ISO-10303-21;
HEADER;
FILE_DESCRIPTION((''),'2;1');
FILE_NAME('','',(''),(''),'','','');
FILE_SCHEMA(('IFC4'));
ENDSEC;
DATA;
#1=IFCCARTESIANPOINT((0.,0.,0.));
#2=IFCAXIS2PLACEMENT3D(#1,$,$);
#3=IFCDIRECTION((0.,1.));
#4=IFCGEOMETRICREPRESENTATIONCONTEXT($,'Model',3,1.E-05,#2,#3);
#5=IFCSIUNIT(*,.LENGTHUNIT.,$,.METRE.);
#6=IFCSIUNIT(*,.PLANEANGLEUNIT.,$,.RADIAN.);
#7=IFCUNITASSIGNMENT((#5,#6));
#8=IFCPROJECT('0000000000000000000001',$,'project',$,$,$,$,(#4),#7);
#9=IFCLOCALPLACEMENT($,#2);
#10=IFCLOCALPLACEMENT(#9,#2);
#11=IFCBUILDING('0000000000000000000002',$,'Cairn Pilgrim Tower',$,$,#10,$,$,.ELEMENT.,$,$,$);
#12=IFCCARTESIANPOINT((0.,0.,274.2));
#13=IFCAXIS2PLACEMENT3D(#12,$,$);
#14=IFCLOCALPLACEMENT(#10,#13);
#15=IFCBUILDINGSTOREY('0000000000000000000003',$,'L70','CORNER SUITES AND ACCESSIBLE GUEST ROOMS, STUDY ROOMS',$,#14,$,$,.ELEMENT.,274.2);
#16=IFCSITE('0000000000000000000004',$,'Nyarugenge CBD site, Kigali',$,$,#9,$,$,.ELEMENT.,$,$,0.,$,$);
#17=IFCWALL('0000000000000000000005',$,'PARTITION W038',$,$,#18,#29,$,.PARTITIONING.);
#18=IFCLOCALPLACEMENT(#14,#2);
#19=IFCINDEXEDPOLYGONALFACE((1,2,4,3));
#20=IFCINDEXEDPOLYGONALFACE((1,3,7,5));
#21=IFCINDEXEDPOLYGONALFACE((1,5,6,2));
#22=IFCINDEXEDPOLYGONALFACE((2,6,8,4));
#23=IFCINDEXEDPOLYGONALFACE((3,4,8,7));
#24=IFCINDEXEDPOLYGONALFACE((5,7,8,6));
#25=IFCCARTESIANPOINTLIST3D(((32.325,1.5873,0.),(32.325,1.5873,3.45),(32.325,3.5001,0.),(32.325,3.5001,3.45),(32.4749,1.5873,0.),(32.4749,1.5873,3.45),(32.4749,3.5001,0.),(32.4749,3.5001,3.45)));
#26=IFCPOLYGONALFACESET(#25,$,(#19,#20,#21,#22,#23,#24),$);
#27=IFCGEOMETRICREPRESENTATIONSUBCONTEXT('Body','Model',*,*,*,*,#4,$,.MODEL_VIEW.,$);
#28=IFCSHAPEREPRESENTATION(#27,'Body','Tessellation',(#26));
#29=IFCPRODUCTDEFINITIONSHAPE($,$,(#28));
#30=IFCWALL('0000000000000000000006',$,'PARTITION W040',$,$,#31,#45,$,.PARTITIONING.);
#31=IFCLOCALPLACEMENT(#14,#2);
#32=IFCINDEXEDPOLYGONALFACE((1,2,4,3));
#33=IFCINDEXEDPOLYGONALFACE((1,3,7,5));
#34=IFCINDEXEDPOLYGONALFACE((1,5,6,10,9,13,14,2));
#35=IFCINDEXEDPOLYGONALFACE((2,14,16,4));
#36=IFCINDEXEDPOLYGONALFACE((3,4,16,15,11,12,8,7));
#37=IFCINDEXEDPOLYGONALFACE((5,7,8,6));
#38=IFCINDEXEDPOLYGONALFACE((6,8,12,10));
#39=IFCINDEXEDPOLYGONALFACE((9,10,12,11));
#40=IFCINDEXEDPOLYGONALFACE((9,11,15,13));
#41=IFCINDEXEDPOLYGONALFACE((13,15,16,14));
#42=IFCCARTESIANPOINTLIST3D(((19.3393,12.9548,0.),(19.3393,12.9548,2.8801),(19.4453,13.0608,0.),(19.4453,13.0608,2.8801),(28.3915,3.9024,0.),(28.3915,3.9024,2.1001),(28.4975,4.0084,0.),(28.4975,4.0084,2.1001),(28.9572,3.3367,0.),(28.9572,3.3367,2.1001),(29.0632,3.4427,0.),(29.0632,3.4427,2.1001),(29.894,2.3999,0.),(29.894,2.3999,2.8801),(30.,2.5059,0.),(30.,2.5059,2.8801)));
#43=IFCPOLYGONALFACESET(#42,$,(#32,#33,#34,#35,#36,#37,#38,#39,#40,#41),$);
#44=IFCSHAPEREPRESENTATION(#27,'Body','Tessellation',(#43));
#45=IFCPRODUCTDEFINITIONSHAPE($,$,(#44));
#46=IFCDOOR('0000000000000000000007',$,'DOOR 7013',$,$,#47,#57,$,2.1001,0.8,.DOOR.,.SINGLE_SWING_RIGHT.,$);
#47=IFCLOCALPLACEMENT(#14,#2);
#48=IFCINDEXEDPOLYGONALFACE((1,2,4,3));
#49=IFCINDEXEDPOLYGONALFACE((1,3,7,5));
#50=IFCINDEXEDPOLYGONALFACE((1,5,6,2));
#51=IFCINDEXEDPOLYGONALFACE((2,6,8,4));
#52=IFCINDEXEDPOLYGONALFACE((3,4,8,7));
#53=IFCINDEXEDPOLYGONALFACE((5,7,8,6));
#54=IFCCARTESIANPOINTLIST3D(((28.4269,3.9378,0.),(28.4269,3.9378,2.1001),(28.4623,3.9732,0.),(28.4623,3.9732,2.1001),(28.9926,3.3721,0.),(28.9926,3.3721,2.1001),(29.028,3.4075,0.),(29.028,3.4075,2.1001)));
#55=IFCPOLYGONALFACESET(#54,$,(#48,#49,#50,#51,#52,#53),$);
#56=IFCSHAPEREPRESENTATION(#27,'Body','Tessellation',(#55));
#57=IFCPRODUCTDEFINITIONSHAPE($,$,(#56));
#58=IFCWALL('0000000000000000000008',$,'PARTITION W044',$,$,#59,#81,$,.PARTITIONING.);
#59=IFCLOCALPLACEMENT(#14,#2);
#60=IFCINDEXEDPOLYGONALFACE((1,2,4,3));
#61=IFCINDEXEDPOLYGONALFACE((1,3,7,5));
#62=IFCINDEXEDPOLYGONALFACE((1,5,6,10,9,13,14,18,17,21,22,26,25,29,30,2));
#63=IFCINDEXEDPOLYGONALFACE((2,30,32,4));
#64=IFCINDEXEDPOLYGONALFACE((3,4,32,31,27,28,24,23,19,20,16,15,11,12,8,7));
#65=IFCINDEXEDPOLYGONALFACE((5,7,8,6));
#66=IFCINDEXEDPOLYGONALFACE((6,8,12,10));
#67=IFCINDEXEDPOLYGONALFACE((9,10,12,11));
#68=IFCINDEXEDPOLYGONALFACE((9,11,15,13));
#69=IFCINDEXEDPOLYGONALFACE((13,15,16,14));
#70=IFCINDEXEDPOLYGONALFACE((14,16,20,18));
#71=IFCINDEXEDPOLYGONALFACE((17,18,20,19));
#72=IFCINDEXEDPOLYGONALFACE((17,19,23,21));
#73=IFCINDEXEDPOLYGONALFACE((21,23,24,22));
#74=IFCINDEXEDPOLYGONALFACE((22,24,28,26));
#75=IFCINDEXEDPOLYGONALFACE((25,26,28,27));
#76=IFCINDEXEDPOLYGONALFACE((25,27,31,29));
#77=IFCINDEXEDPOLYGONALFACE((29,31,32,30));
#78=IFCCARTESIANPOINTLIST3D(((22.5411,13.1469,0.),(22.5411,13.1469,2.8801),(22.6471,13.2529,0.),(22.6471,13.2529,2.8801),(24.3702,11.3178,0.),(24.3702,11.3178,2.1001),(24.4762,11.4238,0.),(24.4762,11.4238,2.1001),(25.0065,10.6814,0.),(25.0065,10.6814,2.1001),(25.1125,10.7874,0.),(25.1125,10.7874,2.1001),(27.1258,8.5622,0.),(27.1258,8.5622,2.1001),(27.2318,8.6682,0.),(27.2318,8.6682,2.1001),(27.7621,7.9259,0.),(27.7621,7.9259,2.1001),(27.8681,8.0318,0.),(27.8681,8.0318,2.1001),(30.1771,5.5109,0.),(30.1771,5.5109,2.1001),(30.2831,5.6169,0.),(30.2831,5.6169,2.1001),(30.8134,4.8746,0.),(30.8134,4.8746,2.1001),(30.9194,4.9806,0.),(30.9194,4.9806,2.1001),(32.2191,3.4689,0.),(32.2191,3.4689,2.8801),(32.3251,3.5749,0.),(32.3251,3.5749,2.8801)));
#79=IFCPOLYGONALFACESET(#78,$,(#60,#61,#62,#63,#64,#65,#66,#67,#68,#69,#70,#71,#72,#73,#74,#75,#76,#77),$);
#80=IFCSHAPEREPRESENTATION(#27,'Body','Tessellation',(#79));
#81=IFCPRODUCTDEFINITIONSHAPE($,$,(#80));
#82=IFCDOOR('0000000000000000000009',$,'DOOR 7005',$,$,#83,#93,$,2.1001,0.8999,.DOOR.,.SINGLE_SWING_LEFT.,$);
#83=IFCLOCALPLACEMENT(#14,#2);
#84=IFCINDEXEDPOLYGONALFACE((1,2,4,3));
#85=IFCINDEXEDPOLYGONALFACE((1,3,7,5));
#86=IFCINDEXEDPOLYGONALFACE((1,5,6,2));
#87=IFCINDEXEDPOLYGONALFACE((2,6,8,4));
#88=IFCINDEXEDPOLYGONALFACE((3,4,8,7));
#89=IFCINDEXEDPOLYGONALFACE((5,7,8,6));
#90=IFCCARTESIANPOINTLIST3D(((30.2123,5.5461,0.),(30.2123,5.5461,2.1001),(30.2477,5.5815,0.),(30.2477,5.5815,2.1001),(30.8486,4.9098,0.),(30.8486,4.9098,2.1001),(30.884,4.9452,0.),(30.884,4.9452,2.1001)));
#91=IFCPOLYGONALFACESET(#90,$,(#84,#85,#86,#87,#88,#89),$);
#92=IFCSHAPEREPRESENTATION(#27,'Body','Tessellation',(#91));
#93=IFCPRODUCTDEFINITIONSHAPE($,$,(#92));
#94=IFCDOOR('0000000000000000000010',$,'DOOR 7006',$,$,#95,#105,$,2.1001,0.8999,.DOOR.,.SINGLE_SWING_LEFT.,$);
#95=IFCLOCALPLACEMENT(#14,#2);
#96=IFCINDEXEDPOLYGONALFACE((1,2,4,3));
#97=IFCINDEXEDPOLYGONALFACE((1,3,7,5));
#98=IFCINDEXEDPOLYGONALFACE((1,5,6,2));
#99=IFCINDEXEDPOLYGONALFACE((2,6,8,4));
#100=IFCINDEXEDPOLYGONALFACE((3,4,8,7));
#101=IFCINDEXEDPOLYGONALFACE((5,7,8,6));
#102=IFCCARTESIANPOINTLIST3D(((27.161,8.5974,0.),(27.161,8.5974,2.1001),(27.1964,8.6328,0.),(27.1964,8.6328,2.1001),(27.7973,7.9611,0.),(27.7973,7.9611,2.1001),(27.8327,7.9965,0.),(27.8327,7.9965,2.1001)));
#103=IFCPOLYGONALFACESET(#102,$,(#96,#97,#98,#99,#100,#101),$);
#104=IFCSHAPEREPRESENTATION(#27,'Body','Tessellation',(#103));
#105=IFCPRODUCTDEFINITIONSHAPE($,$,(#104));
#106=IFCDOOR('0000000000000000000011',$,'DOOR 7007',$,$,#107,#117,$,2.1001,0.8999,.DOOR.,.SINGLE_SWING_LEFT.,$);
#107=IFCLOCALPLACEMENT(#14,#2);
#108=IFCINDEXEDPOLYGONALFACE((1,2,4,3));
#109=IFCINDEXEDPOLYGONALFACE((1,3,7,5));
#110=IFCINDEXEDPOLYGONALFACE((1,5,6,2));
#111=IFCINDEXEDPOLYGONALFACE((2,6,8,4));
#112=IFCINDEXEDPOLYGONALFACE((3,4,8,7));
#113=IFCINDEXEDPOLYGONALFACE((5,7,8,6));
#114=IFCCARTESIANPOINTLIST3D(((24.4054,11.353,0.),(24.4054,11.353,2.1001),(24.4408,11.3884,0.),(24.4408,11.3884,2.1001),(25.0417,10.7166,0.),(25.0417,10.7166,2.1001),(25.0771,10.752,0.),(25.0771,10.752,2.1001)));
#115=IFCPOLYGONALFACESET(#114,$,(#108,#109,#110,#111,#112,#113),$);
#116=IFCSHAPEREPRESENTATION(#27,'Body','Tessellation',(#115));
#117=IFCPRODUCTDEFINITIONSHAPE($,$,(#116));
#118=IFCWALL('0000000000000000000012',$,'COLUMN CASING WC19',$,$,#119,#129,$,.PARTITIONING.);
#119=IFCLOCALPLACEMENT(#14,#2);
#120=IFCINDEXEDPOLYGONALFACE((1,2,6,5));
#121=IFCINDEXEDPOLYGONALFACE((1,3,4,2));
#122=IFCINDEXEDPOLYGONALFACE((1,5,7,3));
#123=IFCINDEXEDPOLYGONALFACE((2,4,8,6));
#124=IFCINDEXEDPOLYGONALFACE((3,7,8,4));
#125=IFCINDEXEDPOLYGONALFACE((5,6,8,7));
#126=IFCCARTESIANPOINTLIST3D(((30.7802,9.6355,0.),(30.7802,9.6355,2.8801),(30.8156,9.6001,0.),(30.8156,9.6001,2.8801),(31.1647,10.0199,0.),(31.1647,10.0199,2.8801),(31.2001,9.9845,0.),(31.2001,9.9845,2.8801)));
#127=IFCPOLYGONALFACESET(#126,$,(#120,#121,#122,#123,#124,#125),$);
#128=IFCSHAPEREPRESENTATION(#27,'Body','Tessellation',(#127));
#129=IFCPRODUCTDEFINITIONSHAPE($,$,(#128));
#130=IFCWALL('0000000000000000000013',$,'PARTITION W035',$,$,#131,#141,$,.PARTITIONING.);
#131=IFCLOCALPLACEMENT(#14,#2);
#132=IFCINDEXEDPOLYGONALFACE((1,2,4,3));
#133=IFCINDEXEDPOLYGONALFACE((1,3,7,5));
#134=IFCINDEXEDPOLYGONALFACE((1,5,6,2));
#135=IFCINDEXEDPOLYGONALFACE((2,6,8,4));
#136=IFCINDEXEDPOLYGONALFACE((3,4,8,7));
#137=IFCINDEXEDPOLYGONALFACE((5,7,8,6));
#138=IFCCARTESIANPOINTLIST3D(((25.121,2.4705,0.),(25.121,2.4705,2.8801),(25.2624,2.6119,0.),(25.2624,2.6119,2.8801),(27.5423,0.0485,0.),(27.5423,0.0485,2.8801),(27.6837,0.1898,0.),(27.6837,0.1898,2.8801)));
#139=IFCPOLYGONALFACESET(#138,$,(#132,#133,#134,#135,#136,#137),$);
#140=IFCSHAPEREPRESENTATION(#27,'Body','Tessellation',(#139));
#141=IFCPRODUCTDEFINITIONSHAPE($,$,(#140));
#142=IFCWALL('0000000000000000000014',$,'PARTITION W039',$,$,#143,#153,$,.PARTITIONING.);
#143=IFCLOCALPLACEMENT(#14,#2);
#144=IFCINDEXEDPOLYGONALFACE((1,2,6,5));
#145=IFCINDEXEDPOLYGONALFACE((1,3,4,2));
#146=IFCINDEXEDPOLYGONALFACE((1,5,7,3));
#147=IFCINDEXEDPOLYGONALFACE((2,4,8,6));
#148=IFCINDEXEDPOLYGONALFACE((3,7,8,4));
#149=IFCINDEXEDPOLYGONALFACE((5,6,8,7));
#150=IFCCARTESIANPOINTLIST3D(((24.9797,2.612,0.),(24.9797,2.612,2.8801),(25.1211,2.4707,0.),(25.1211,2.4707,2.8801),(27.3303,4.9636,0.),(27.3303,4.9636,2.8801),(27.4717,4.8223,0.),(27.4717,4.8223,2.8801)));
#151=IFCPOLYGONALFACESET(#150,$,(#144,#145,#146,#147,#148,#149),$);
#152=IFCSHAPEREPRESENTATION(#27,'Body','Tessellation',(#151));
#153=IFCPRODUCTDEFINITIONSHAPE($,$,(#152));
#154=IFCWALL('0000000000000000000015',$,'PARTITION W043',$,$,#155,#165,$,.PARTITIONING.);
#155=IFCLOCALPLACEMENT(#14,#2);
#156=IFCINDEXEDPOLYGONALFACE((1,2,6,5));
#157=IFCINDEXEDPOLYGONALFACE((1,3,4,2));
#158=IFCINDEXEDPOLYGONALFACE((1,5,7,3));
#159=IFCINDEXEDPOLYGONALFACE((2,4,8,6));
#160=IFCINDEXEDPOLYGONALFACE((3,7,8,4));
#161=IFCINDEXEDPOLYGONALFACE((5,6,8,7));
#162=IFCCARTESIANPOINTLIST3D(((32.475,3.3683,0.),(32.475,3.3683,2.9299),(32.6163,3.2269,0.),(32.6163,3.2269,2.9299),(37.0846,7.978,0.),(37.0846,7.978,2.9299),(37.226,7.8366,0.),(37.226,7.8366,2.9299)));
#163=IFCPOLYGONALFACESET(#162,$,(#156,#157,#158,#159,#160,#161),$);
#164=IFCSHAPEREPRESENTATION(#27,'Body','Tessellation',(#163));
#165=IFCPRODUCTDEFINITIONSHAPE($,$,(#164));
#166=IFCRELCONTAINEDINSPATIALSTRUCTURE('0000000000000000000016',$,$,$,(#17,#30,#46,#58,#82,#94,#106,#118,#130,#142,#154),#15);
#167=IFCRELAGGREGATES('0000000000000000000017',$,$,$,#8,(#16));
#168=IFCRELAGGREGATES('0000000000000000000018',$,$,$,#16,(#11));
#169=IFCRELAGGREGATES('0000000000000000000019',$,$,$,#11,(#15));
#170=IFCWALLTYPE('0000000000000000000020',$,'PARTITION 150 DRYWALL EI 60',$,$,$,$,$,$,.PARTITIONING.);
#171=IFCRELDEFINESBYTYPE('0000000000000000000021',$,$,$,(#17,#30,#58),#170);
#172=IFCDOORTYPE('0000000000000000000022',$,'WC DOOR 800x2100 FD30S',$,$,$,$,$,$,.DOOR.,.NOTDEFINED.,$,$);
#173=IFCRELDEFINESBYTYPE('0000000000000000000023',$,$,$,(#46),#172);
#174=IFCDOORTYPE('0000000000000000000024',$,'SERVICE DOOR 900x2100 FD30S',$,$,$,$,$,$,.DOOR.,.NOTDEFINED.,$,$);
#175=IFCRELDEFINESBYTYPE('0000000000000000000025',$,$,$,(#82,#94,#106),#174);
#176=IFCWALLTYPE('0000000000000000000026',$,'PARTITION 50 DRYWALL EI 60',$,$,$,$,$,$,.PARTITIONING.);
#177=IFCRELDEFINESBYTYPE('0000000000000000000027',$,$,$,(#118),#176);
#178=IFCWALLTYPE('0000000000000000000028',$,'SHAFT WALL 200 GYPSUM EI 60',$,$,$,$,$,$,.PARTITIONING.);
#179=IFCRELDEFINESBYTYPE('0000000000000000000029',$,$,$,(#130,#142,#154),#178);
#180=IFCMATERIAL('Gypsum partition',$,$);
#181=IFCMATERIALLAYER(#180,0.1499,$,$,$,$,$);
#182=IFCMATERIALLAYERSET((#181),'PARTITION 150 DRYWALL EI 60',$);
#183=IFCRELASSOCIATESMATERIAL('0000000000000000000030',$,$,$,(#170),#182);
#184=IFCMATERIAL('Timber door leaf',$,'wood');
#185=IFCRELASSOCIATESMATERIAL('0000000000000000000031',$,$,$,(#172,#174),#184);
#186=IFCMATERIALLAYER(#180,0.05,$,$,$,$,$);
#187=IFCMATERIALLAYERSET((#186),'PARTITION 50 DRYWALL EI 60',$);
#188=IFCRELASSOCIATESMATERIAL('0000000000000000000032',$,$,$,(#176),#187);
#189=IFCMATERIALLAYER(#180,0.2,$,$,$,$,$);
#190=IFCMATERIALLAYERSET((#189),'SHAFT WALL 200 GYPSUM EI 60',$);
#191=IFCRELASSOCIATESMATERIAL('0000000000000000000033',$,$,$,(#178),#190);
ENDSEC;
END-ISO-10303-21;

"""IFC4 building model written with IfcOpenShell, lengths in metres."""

from ifc_helpers import new_model, si_unit, direction, frame, frame_2d, origin, place, context, subcontext, project, spatial, rectangle, extrude, material, layer, layer_set, type_object, element, fill, save


model = new_model("IFC4")

# Units and contexts
model_context = context("Model", 3, precision=1e-05, world=origin(), true_north=direction((0.0, 1.0)))
body_context = subcontext(model_context, "Body", "Model", "MODEL_VIEW")
ifc_project = project(units=[si_unit("LENGTHUNIT", "METRE"), si_unit("PLANEANGLEUNIT", "RADIAN")], contexts=[model_context])

# Site, building, storey
site_placement = place(None, origin())
site = spatial("IfcSite", under=ifc_project, at=site_placement, Name="Nyarugenge CBD site, Kigali", CompositionType="ELEMENT", RefElevation=0.0)
building_placement = place(site_placement, origin())
building = spatial("IfcBuilding", under=site, at=building_placement, Name="Cairn Pilgrim Tower", CompositionType="ELEMENT")
storey_placement = place(building_placement, frame((0.0, 0.0, 274.2)))
storey = spatial("IfcBuildingStorey", under=building, at=storey_placement, Name="L70", Description="CORNER SUITES AND ACCESSIBLE GUEST ROOMS, STUDY ROOMS", CompositionType="ELEMENT", Elevation=274.2)

# Wall
ifc_material_1 = material(Name="Gypsum partition")
ifc_layer_1 = layer(ifc_material_1, 0.1499)
ifc_layer_set_1 = layer_set([ifc_layer_1], Name="PARTITION 150 DRYWALL EI 60")
wall_type_1 = type_object("IfcWallType", Name="PARTITION 150 DRYWALL EI 60", PredefinedType="PARTITIONING", material=ifc_layer_set_1)
wall_1_placement = place(storey_placement, frame((32.3999, 1.5872, 0.0), z_axis=(0.0, 0.0, 1.0), x_axis=(0.0, 1.0, 0.0)))
element("IfcWall", 1, at=wall_1_placement, inside=storey, type_object=wall_type_1, Name="PARTITION W038", PredefinedType="PARTITIONING", context=body_context, shape_type="SweptSolid", body=[
    extrude(rectangle(XDim=1.9128, YDim=0.1499, at=frame_2d((0.9565, 0.0))), origin(), (0.0, 0.0, 1.0), 3.45),
])

# Wall, opening, door
wall_2_placement = place(storey_placement, frame((29.947, 2.4529, 0.0), z_axis=(0.0, 0.0, 1.0), x_axis=(-0.707099, 0.707115, 0.0)))
wall_2 = element("IfcWall", 2, at=wall_2_placement, inside=storey, type_object=wall_type_1, Name="PARTITION W040", PredefinedType="PARTITIONING", context=body_context, shape_type="SweptSolid", body=[
    extrude(rectangle(XDim=14.9268, YDim=0.1499, at=frame_2d((7.4634, 0.0))), origin(), (0.0, 0.0, 1.0), 2.8801),
])
opening_1_placement = place(wall_2_placement, frame((1.325, 0.0, 0.0)))
opening_1 = element("IfcOpeningElement", 3, at=opening_1_placement, cuts=wall_2, PredefinedType="OPENING", context=body_context, shape_type="SweptSolid", body=[
    extrude(rectangle(XDim=0.8, YDim=2.1001, at=frame_2d((0.3999, 1.05))), frame((0.0, 0.085, 0.0), z_axis=(0.0, -1.0, 0.0), x_axis=(1.0, 0.0, 0.0)), (0.0, 0.0, 1.0), 0.1699),
])
ifc_material_2 = material(Name="Timber door leaf", Category="wood")
door_type_1 = type_object("IfcDoorType", Name="WC DOOR 800x2100 FD30S", OperationType="NOTDEFINED", PredefinedType="DOOR", material=ifc_material_2)
door_1_placement = place(opening_1_placement, origin())
door_1 = element("IfcDoor", 4, at=door_1_placement, inside=storey, type_object=door_type_1, Name="DOOR 7013", OperationType="SINGLE_SWING_RIGHT", OverallHeight=2.1001, OverallWidth=0.8, PredefinedType="DOOR", context=body_context, shape_type="SweptSolid", body=[
    extrude(rectangle(XDim=0.8, YDim=2.1001, at=frame_2d((0.3999, 1.05))), frame((0.0, 0.0249, 0.0), z_axis=(0.0, -1.0, 0.0), x_axis=(1.0, 0.0, 0.0)), (0.0, 0.0, 1.0), 0.05),
])
fill(opening_1, door_1)

# Wall, openings, doors
wall_3_placement = place(storey_placement, frame((32.272, 3.522, 0.0), z_axis=(0.0, 0.0, 1.0), x_axis=(-0.707107, 0.707107, 0.0)))
wall_3 = element("IfcWall", 5, at=wall_3_placement, inside=storey, type_object=wall_type_1, Name="PARTITION W044", PredefinedType="PARTITIONING", context=body_context, shape_type="SweptSolid", body=[
    extrude(rectangle(XDim=13.6868, YDim=0.1499, at=frame_2d((6.8433, 0.0))), origin(), (0.0, 0.0, 1.0), 2.8801),
])
opening_2_placement = place(wall_3_placement, frame((1.9878, 0.0, 0.0)))
opening_2 = element("IfcOpeningElement", 6, at=opening_2_placement, cuts=wall_3, PredefinedType="OPENING", context=body_context, shape_type="SweptSolid", body=[
    extrude(rectangle(XDim=0.8999, YDim=2.1001, at=frame_2d((0.45, 1.05))), frame((0.0, 0.085, 0.0), z_axis=(0.0, -1.0, 0.0), x_axis=(1.0, 0.0, 0.0)), (0.0, 0.0, 1.0), 0.1699),
])
opening_3_placement = place(wall_3_placement, frame((6.303, 0.0, 0.0)))
opening_3 = element("IfcOpeningElement", 7, at=opening_3_placement, cuts=wall_3, PredefinedType="OPENING", context=body_context, shape_type="SweptSolid", body=[
    extrude(rectangle(XDim=0.8999, YDim=2.1001, at=frame_2d((0.45, 1.05))), frame((0.0, 0.085, 0.0), z_axis=(0.0, -1.0, 0.0), x_axis=(1.0, 0.0, 0.0)), (0.0, 0.0, 1.0), 0.1699),
])
opening_4_placement = place(wall_3_placement, frame((10.2, 0.0, 0.0)))
opening_4 = element("IfcOpeningElement", 8, at=opening_4_placement, cuts=wall_3, PredefinedType="OPENING", context=body_context, shape_type="SweptSolid", body=[
    extrude(rectangle(XDim=0.8999, YDim=2.1001, at=frame_2d((0.45, 1.05))), frame((0.0, 0.085, 0.0), z_axis=(0.0, -1.0, 0.0), x_axis=(1.0, 0.0, 0.0)), (0.0, 0.0, 1.0), 0.1699),
])
door_type_2 = type_object("IfcDoorType", Name="SERVICE DOOR 900x2100 FD30S", OperationType="NOTDEFINED", PredefinedType="DOOR", material=ifc_material_2)
door_2_placement = place(opening_2_placement, frame((0.8999, 0.0, 0.0), z_axis=(0.0, 0.0, 1.0), x_axis=(-1.0, 0.0, 0.0)))
door_2 = element("IfcDoor", 9, at=door_2_placement, inside=storey, type_object=door_type_2, Name="DOOR 7005", OperationType="SINGLE_SWING_LEFT", OverallHeight=2.1001, OverallWidth=0.8999, PredefinedType="DOOR", context=body_context, shape_type="SweptSolid", body=[
    extrude(rectangle(XDim=0.8999, YDim=2.1001, at=frame_2d((0.45, 1.05))), frame((0.0, 0.0249, 0.0), z_axis=(0.0, -1.0, 0.0), x_axis=(1.0, 0.0, 0.0)), (0.0, 0.0, 1.0), 0.05),
])
fill(opening_2, door_2)
door_3_placement = place(opening_3_placement, frame((0.8999, 0.0, 0.0), z_axis=(0.0, 0.0, 1.0), x_axis=(-1.0, 0.0, 0.0)))
door_3 = element("IfcDoor", 10, at=door_3_placement, inside=storey, type_object=door_type_2, Name="DOOR 7006", OperationType="SINGLE_SWING_LEFT", OverallHeight=2.1001, OverallWidth=0.8999, PredefinedType="DOOR", context=body_context, shape_type="SweptSolid", body=[
    extrude(rectangle(XDim=0.8999, YDim=2.1001, at=frame_2d((0.45, 1.05))), frame((0.0, 0.0249, 0.0), z_axis=(0.0, -1.0, 0.0), x_axis=(1.0, 0.0, 0.0)), (0.0, 0.0, 1.0), 0.05),
])
fill(opening_3, door_3)
door_4_placement = place(opening_4_placement, frame((0.8999, 0.0, 0.0), z_axis=(0.0, 0.0, 1.0), x_axis=(-1.0, 0.0, 0.0)))
door_4 = element("IfcDoor", 11, at=door_4_placement, inside=storey, type_object=door_type_2, Name="DOOR 7007", OperationType="SINGLE_SWING_LEFT", OverallHeight=2.1001, OverallWidth=0.8999, PredefinedType="DOOR", context=body_context, shape_type="SweptSolid", body=[
    extrude(rectangle(XDim=0.8999, YDim=2.1001, at=frame_2d((0.45, 1.05))), frame((0.0, 0.0249, 0.0), z_axis=(0.0, -1.0, 0.0), x_axis=(1.0, 0.0, 0.0)), (0.0, 0.0, 1.0), 0.05),
])
fill(opening_4, door_4)

# Walls
ifc_layer_2 = layer(ifc_material_1, 0.05)
ifc_layer_set_2 = layer_set([ifc_layer_2], Name="PARTITION 50 DRYWALL EI 60")
wall_type_2 = type_object("IfcWallType", Name="PARTITION 50 DRYWALL EI 60", PredefinedType="PARTITIONING", material=ifc_layer_set_2)
wall_4_placement = place(storey_placement, frame((30.7979, 9.6177, 0.0), z_axis=(0.0, 0.0, 1.0), x_axis=(0.707107, 0.707107, 0.0)))
element("IfcWall", 12, at=wall_4_placement, inside=storey, type_object=wall_type_2, Name="COLUMN CASING WC19", PredefinedType="PARTITIONING", context=body_context, shape_type="SweptSolid", body=[
    extrude(rectangle(XDim=0.5437, YDim=0.05, at=frame_2d((0.272, 0.0))), origin(), (0.0, 0.0, 1.0), 2.8801),
])
ifc_layer_3 = layer(ifc_material_1, 0.2)
ifc_layer_set_3 = layer_set([ifc_layer_3], Name="SHAFT WALL 200 GYPSUM EI 60")
wall_type_3 = type_object("IfcWallType", Name="SHAFT WALL 200 GYPSUM EI 60", PredefinedType="PARTITIONING", material=ifc_layer_set_3)
wall_5_placement = place(storey_placement, frame((27.613, 0.1191, 0.0), z_axis=(0.0, 0.0, 1.0), x_axis=(-0.707, 0.707214, 0.0)))
element("IfcWall", 13, at=wall_5_placement, inside=storey, type_object=wall_type_3, Name="PARTITION W035", PredefinedType="PARTITIONING", context=body_context, shape_type="SweptSolid", body=[
    extrude(rectangle(XDim=3.4248, YDim=0.2, at=frame_2d((1.7124, 0.0))), origin(), (0.0, 0.0, 1.0), 2.8801),
])
wall_6_placement = place(storey_placement, frame((25.0503, 2.5413, 0.0), z_axis=(0.0, 0.0, 1.0), x_axis=(0.70696, 0.707254, 0.0)))
element("IfcWall", 14, at=wall_6_placement, inside=storey, type_object=wall_type_3, Name="PARTITION W039", PredefinedType="PARTITIONING", context=body_context, shape_type="SweptSolid", body=[
    extrude(rectangle(XDim=3.325, YDim=0.2, at=frame_2d((1.6626, 0.0))), origin(), (0.0, 0.0, 1.0), 2.8801),
])
wall_7_placement = place(storey_placement, frame((32.5457, 3.2976, 0.0), z_axis=(0.0, 0.0, 1.0), x_axis=(0.707107, 0.707107, 0.0)))
element("IfcWall", 15, at=wall_7_placement, inside=storey, type_object=wall_type_3, Name="PARTITION W043", PredefinedType="PARTITIONING", context=body_context, shape_type="SweptSolid", body=[
    extrude(rectangle(XDim=6.519, YDim=0.2, at=frame_2d((3.2595, 0.0))), origin(), (0.0, 0.0, 1.0), 2.9299),
])

save(model, "model.ifc")
